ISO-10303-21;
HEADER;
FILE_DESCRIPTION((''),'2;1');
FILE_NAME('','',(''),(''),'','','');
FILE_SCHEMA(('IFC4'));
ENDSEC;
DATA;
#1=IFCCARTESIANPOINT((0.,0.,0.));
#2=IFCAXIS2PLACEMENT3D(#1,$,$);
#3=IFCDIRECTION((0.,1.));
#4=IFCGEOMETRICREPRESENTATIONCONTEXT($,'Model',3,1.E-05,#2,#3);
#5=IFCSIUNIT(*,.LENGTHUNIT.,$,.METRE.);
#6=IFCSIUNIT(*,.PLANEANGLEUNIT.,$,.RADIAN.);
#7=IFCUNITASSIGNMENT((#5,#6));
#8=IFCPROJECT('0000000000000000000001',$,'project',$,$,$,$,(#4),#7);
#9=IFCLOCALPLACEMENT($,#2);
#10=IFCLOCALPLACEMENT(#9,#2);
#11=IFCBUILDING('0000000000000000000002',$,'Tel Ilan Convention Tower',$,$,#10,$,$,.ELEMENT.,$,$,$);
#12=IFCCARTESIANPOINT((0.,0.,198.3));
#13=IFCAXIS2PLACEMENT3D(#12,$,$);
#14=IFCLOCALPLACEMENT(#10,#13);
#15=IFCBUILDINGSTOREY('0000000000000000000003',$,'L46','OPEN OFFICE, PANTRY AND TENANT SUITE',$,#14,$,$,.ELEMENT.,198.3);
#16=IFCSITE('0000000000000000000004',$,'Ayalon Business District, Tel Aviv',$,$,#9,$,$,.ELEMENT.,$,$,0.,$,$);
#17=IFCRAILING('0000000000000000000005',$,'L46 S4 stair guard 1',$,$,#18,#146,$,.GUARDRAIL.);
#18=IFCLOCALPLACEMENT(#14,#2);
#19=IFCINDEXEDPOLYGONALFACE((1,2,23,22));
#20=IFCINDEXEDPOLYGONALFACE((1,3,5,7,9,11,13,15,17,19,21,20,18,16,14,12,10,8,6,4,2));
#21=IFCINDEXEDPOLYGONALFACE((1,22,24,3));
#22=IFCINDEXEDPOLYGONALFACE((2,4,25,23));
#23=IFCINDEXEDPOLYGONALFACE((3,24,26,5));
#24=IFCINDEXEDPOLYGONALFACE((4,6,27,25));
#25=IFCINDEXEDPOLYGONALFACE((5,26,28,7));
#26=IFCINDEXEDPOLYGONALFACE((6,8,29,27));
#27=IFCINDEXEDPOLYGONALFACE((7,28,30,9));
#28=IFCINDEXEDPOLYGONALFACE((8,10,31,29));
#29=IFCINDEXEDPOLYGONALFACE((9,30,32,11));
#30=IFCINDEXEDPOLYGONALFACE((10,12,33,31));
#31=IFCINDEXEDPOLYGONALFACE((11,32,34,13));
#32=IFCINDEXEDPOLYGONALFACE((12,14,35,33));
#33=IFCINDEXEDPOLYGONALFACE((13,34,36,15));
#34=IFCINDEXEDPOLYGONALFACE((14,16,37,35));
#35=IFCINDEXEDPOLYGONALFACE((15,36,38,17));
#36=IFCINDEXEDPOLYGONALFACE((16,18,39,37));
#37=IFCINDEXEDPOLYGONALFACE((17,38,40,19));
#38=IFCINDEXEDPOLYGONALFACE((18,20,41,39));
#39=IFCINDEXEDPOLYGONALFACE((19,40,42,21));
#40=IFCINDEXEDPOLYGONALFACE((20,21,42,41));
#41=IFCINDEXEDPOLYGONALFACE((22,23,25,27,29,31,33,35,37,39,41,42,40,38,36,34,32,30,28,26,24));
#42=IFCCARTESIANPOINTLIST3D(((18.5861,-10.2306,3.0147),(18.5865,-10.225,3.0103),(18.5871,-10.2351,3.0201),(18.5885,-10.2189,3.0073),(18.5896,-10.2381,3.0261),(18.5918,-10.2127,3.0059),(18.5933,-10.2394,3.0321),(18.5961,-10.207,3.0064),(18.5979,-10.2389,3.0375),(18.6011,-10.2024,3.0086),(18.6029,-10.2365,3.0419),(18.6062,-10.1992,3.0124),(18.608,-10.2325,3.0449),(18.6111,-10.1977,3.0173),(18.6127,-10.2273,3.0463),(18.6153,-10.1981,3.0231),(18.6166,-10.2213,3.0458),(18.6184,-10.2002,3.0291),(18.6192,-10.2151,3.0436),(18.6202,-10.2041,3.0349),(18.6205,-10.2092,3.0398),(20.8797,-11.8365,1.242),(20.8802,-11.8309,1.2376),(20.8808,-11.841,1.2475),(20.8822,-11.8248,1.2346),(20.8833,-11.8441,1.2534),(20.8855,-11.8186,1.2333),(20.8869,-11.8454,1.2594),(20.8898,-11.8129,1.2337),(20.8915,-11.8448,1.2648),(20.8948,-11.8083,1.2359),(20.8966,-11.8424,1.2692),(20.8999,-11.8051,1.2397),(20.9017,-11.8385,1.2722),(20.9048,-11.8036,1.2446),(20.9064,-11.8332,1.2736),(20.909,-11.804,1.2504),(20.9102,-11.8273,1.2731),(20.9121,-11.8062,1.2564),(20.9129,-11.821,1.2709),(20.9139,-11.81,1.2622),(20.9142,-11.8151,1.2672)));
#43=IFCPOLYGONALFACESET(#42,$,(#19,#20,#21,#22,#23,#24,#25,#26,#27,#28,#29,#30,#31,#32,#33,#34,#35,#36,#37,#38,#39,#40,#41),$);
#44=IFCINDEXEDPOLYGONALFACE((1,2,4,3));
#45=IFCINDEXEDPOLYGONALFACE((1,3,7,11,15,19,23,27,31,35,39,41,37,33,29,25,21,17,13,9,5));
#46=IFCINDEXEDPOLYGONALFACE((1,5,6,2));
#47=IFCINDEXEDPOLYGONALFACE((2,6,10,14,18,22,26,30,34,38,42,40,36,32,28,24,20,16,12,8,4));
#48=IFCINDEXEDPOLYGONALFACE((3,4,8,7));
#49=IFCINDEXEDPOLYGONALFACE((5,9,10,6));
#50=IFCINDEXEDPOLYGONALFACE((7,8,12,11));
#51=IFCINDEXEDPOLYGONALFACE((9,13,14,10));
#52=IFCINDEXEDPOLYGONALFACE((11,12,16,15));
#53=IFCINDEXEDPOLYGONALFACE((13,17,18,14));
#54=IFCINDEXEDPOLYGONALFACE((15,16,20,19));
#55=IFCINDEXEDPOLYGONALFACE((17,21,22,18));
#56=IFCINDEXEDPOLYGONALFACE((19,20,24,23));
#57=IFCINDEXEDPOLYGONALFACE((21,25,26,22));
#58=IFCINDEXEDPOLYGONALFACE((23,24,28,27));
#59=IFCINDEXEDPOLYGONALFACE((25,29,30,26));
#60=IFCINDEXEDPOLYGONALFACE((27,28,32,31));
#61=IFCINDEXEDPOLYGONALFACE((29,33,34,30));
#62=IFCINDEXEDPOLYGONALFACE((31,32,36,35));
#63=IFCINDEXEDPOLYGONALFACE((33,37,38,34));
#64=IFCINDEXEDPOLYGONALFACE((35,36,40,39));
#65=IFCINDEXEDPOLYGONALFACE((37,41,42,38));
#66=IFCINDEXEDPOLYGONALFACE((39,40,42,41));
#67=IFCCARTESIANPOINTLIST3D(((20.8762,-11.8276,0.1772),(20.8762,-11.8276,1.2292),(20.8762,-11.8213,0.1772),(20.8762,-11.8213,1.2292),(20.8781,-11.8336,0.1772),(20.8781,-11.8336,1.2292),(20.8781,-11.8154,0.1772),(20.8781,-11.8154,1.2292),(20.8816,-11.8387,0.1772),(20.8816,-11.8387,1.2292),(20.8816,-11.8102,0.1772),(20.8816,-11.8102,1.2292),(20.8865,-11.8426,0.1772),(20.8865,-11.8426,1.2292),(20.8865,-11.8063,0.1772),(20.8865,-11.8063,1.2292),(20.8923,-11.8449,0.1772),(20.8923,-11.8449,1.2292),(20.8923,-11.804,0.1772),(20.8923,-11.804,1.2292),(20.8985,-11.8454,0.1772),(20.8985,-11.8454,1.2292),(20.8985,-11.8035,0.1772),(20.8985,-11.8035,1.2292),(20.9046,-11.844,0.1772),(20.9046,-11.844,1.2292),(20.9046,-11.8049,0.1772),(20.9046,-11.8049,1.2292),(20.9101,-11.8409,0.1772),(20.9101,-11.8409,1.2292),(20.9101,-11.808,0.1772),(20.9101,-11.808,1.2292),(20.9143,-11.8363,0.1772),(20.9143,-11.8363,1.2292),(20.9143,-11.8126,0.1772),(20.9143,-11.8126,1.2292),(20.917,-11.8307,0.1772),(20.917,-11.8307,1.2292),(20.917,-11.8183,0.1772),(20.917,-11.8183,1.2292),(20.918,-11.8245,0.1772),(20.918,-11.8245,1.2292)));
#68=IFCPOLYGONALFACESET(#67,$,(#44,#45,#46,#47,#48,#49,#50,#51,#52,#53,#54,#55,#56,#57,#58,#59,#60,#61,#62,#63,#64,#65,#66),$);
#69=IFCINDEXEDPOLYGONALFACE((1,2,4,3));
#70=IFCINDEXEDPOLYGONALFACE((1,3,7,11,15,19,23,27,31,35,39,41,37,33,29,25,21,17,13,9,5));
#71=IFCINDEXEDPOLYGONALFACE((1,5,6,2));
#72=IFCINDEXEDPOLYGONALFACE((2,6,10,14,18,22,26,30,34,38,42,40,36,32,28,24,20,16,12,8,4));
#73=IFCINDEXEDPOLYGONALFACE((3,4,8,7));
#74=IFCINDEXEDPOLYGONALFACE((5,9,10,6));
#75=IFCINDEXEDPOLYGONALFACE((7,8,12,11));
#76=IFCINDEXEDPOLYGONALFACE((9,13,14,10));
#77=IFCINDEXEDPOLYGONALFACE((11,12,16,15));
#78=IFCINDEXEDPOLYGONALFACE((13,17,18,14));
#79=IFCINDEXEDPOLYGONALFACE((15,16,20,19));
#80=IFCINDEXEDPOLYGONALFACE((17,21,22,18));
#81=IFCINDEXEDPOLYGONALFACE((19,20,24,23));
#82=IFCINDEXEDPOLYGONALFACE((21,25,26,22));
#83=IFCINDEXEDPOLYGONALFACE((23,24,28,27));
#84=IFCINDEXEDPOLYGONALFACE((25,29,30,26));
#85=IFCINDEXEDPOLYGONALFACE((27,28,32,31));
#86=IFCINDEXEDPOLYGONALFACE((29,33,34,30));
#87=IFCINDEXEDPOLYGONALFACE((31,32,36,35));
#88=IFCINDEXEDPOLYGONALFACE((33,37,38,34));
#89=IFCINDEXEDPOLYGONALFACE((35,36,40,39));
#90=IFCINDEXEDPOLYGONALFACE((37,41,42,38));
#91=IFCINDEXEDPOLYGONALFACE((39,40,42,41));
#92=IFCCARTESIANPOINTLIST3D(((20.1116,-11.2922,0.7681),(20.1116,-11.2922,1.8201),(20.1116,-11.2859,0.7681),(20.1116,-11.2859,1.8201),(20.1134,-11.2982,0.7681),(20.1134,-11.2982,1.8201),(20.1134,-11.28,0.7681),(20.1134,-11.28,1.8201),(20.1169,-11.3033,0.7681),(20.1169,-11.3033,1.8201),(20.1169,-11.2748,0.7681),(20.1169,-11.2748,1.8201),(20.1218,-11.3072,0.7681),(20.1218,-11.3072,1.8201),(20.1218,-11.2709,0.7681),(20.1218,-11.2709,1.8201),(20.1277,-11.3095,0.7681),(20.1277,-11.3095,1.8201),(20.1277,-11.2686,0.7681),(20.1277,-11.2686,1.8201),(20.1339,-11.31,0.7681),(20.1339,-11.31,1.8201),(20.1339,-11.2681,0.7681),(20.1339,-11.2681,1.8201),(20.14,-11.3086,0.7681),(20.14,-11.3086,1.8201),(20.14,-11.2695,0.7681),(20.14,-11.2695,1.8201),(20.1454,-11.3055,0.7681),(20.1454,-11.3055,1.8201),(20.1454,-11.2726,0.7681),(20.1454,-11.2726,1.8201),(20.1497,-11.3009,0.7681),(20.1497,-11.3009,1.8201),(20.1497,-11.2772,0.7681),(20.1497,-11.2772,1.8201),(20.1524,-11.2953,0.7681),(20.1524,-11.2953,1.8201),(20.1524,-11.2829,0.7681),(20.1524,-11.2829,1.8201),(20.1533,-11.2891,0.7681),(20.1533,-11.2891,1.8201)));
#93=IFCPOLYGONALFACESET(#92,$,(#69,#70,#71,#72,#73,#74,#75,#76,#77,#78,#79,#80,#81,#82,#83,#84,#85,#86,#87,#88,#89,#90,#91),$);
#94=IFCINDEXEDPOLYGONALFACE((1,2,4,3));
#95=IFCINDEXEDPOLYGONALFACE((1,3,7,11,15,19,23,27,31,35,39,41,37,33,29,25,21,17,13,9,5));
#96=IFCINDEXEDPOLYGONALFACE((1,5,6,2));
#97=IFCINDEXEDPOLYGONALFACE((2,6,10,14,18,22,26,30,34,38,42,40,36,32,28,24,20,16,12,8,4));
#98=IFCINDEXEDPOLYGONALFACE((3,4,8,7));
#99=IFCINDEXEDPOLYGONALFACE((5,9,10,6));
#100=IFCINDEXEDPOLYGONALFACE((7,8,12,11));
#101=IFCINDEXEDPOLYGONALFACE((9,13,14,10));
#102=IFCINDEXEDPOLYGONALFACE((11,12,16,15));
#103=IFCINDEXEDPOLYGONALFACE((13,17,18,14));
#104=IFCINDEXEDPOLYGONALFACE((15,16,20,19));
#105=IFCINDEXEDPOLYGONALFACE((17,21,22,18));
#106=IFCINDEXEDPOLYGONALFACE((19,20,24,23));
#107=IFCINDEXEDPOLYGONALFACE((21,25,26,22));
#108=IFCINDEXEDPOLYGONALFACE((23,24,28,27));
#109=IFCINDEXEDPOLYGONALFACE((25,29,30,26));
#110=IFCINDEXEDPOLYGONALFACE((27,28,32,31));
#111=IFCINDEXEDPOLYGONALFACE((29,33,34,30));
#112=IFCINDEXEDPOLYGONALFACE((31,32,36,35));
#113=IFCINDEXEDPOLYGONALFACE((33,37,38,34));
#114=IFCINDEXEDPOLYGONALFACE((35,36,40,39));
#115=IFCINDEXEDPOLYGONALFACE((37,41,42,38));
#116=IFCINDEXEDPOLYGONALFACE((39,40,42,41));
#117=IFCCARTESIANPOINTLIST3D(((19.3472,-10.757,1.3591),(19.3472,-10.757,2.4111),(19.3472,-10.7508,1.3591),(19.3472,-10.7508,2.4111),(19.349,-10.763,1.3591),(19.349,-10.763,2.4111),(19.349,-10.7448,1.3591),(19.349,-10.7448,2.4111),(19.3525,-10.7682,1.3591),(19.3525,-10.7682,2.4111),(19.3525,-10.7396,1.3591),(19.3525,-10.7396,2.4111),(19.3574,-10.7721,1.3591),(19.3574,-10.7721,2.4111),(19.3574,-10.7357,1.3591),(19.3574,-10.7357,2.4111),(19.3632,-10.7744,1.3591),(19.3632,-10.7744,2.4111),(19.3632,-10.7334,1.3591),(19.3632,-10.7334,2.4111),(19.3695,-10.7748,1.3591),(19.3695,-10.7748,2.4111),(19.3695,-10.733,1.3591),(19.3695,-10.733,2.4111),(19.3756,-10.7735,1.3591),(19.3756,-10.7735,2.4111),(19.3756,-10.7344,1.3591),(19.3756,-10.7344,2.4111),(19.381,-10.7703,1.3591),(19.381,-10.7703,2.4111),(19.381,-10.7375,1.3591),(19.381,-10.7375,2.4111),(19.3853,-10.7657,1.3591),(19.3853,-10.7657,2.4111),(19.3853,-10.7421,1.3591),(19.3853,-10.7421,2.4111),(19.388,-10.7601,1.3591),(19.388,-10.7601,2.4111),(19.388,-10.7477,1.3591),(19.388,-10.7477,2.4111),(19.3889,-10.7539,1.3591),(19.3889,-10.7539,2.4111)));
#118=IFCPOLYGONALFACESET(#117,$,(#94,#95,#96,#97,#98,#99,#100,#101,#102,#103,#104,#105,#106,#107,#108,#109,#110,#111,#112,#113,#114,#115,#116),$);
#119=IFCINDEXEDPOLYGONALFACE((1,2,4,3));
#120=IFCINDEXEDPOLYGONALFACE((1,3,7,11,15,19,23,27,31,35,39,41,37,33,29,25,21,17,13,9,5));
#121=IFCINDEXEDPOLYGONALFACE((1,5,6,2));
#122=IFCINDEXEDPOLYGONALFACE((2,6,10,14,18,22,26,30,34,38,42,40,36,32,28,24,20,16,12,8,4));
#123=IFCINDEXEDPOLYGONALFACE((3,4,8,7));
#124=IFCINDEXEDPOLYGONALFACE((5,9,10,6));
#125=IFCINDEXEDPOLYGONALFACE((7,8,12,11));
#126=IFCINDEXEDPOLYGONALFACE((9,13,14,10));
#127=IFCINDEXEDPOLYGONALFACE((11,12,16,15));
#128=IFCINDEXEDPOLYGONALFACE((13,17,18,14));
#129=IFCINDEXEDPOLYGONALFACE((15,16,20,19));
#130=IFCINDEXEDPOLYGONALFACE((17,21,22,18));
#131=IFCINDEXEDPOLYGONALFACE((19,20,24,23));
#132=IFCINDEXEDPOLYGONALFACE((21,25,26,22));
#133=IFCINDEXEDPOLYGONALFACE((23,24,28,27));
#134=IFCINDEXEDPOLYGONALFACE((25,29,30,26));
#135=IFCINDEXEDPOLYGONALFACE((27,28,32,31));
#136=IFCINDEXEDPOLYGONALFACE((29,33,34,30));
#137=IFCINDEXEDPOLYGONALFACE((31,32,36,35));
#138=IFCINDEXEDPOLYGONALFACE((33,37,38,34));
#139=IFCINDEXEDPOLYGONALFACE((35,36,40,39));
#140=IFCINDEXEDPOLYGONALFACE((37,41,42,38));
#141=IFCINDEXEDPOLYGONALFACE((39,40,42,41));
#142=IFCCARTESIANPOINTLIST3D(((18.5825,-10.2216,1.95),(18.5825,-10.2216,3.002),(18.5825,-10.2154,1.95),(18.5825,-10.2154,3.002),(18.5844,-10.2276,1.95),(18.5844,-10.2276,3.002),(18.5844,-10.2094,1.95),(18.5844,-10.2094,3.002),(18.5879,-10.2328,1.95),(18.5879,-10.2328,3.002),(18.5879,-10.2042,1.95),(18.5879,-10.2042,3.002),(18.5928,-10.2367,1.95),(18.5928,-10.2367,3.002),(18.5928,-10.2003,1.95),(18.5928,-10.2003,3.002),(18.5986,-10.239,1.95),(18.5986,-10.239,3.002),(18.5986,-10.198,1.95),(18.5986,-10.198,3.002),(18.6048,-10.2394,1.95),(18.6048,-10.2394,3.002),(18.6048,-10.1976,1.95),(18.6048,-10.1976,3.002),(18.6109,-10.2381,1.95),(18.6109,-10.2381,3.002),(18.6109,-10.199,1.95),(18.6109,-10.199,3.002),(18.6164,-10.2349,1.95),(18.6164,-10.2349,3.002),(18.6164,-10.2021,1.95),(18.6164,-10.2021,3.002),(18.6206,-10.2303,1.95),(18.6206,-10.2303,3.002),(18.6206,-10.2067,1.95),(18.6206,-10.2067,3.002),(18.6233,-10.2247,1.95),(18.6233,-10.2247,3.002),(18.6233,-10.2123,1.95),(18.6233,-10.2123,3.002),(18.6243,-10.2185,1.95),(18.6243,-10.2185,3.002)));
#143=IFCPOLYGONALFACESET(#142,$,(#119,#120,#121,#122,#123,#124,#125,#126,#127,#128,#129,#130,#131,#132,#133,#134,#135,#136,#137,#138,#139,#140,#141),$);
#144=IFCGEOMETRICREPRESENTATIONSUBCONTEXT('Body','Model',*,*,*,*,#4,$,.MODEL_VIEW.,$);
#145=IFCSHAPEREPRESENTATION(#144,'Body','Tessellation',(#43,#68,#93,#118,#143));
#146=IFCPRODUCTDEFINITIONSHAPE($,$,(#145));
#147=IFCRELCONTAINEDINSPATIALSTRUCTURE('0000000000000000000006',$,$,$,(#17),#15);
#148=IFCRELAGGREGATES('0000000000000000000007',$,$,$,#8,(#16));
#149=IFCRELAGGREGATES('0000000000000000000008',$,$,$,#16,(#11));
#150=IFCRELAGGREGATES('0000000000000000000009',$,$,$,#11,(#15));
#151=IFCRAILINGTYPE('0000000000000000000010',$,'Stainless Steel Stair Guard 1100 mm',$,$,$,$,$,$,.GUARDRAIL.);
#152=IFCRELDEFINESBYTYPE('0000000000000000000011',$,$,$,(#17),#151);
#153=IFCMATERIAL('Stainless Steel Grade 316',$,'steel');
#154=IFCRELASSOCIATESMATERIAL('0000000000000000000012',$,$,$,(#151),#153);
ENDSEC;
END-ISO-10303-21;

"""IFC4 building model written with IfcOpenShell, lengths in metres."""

from ifc_helpers import new_model, si_unit, direction, frame, origin, origin_2d, place, context, subcontext, project, spatial, circle, extrude, material, type_object, element, save


model = new_model("IFC4")

# Units and contexts
model_context = context("Model", 3, precision=1e-05, world=origin(), true_north=direction((0.0, 1.0)))
body_context = subcontext(model_context, "Body", "Model", "MODEL_VIEW")
ifc_project = project(units=[si_unit("LENGTHUNIT", "METRE"), si_unit("PLANEANGLEUNIT", "RADIAN")], contexts=[model_context])

# Site, building, storey
site_placement = place(None, origin())
site = spatial("IfcSite", under=ifc_project, at=site_placement, Name="Ayalon Business District, Tel Aviv", CompositionType="ELEMENT", RefElevation=0.0)
building_placement = place(site_placement, origin())
building = spatial("IfcBuilding", under=site, at=building_placement, Name="Tel Ilan Convention Tower", CompositionType="ELEMENT")
storey_placement = place(building_placement, frame((0.0, 0.0, 198.3)))
storey = spatial("IfcBuildingStorey", under=building, at=storey_placement, Name="L46", Description="OPEN OFFICE, PANTRY AND TENANT SUITE", CompositionType="ELEMENT", Elevation=198.3)

# Railing
ifc_material_1 = material(Name="Stainless Steel Grade 316", Category="steel")
railing_type_1 = type_object("IfcRailingType", Name="Stainless Steel Stair Guard 1100 mm", PredefinedType="GUARDRAIL", material=ifc_material_1)
railing_1_placement = place(storey_placement, frame((20.897, -11.8245, 0.1772)))
element("IfcRailing", 1, at=railing_1_placement, inside=storey, type_object=railing_type_1, Name="L46 S4 stair guard 1", PredefinedType="GUARDRAIL", context=body_context, shape_type="SweptSolid", body=[
    extrude(circle(Radius=0.0239, at=origin_2d()), frame((0.0, 0.0, 1.0762), z_axis=(-0.692123, 0.484597, 0.534913), x_axis=(-0.57355, -0.81917, 0.0)), (0.0, 0.0, 1.0), 3.314),
    extrude(circle(Radius=0.021, at=origin_2d()), origin(), (0.0, 0.0, 1.0), 1.052),
    extrude(circle(Radius=0.021, at=origin_2d()), frame((-0.7646, 0.5354, 0.5908)), (0.0, 0.0, 1.0), 1.052),
    extrude(circle(Radius=0.021, at=origin_2d()), frame((-1.5291, 1.0706, 1.1819)), (0.0, 0.0, 1.0), 1.052),
    extrude(circle(Radius=0.021, at=origin_2d()), frame((-2.2937, 1.606, 1.7727)), (0.0, 0.0, 1.0), 1.052),
])

save(model, "model.ifc")
